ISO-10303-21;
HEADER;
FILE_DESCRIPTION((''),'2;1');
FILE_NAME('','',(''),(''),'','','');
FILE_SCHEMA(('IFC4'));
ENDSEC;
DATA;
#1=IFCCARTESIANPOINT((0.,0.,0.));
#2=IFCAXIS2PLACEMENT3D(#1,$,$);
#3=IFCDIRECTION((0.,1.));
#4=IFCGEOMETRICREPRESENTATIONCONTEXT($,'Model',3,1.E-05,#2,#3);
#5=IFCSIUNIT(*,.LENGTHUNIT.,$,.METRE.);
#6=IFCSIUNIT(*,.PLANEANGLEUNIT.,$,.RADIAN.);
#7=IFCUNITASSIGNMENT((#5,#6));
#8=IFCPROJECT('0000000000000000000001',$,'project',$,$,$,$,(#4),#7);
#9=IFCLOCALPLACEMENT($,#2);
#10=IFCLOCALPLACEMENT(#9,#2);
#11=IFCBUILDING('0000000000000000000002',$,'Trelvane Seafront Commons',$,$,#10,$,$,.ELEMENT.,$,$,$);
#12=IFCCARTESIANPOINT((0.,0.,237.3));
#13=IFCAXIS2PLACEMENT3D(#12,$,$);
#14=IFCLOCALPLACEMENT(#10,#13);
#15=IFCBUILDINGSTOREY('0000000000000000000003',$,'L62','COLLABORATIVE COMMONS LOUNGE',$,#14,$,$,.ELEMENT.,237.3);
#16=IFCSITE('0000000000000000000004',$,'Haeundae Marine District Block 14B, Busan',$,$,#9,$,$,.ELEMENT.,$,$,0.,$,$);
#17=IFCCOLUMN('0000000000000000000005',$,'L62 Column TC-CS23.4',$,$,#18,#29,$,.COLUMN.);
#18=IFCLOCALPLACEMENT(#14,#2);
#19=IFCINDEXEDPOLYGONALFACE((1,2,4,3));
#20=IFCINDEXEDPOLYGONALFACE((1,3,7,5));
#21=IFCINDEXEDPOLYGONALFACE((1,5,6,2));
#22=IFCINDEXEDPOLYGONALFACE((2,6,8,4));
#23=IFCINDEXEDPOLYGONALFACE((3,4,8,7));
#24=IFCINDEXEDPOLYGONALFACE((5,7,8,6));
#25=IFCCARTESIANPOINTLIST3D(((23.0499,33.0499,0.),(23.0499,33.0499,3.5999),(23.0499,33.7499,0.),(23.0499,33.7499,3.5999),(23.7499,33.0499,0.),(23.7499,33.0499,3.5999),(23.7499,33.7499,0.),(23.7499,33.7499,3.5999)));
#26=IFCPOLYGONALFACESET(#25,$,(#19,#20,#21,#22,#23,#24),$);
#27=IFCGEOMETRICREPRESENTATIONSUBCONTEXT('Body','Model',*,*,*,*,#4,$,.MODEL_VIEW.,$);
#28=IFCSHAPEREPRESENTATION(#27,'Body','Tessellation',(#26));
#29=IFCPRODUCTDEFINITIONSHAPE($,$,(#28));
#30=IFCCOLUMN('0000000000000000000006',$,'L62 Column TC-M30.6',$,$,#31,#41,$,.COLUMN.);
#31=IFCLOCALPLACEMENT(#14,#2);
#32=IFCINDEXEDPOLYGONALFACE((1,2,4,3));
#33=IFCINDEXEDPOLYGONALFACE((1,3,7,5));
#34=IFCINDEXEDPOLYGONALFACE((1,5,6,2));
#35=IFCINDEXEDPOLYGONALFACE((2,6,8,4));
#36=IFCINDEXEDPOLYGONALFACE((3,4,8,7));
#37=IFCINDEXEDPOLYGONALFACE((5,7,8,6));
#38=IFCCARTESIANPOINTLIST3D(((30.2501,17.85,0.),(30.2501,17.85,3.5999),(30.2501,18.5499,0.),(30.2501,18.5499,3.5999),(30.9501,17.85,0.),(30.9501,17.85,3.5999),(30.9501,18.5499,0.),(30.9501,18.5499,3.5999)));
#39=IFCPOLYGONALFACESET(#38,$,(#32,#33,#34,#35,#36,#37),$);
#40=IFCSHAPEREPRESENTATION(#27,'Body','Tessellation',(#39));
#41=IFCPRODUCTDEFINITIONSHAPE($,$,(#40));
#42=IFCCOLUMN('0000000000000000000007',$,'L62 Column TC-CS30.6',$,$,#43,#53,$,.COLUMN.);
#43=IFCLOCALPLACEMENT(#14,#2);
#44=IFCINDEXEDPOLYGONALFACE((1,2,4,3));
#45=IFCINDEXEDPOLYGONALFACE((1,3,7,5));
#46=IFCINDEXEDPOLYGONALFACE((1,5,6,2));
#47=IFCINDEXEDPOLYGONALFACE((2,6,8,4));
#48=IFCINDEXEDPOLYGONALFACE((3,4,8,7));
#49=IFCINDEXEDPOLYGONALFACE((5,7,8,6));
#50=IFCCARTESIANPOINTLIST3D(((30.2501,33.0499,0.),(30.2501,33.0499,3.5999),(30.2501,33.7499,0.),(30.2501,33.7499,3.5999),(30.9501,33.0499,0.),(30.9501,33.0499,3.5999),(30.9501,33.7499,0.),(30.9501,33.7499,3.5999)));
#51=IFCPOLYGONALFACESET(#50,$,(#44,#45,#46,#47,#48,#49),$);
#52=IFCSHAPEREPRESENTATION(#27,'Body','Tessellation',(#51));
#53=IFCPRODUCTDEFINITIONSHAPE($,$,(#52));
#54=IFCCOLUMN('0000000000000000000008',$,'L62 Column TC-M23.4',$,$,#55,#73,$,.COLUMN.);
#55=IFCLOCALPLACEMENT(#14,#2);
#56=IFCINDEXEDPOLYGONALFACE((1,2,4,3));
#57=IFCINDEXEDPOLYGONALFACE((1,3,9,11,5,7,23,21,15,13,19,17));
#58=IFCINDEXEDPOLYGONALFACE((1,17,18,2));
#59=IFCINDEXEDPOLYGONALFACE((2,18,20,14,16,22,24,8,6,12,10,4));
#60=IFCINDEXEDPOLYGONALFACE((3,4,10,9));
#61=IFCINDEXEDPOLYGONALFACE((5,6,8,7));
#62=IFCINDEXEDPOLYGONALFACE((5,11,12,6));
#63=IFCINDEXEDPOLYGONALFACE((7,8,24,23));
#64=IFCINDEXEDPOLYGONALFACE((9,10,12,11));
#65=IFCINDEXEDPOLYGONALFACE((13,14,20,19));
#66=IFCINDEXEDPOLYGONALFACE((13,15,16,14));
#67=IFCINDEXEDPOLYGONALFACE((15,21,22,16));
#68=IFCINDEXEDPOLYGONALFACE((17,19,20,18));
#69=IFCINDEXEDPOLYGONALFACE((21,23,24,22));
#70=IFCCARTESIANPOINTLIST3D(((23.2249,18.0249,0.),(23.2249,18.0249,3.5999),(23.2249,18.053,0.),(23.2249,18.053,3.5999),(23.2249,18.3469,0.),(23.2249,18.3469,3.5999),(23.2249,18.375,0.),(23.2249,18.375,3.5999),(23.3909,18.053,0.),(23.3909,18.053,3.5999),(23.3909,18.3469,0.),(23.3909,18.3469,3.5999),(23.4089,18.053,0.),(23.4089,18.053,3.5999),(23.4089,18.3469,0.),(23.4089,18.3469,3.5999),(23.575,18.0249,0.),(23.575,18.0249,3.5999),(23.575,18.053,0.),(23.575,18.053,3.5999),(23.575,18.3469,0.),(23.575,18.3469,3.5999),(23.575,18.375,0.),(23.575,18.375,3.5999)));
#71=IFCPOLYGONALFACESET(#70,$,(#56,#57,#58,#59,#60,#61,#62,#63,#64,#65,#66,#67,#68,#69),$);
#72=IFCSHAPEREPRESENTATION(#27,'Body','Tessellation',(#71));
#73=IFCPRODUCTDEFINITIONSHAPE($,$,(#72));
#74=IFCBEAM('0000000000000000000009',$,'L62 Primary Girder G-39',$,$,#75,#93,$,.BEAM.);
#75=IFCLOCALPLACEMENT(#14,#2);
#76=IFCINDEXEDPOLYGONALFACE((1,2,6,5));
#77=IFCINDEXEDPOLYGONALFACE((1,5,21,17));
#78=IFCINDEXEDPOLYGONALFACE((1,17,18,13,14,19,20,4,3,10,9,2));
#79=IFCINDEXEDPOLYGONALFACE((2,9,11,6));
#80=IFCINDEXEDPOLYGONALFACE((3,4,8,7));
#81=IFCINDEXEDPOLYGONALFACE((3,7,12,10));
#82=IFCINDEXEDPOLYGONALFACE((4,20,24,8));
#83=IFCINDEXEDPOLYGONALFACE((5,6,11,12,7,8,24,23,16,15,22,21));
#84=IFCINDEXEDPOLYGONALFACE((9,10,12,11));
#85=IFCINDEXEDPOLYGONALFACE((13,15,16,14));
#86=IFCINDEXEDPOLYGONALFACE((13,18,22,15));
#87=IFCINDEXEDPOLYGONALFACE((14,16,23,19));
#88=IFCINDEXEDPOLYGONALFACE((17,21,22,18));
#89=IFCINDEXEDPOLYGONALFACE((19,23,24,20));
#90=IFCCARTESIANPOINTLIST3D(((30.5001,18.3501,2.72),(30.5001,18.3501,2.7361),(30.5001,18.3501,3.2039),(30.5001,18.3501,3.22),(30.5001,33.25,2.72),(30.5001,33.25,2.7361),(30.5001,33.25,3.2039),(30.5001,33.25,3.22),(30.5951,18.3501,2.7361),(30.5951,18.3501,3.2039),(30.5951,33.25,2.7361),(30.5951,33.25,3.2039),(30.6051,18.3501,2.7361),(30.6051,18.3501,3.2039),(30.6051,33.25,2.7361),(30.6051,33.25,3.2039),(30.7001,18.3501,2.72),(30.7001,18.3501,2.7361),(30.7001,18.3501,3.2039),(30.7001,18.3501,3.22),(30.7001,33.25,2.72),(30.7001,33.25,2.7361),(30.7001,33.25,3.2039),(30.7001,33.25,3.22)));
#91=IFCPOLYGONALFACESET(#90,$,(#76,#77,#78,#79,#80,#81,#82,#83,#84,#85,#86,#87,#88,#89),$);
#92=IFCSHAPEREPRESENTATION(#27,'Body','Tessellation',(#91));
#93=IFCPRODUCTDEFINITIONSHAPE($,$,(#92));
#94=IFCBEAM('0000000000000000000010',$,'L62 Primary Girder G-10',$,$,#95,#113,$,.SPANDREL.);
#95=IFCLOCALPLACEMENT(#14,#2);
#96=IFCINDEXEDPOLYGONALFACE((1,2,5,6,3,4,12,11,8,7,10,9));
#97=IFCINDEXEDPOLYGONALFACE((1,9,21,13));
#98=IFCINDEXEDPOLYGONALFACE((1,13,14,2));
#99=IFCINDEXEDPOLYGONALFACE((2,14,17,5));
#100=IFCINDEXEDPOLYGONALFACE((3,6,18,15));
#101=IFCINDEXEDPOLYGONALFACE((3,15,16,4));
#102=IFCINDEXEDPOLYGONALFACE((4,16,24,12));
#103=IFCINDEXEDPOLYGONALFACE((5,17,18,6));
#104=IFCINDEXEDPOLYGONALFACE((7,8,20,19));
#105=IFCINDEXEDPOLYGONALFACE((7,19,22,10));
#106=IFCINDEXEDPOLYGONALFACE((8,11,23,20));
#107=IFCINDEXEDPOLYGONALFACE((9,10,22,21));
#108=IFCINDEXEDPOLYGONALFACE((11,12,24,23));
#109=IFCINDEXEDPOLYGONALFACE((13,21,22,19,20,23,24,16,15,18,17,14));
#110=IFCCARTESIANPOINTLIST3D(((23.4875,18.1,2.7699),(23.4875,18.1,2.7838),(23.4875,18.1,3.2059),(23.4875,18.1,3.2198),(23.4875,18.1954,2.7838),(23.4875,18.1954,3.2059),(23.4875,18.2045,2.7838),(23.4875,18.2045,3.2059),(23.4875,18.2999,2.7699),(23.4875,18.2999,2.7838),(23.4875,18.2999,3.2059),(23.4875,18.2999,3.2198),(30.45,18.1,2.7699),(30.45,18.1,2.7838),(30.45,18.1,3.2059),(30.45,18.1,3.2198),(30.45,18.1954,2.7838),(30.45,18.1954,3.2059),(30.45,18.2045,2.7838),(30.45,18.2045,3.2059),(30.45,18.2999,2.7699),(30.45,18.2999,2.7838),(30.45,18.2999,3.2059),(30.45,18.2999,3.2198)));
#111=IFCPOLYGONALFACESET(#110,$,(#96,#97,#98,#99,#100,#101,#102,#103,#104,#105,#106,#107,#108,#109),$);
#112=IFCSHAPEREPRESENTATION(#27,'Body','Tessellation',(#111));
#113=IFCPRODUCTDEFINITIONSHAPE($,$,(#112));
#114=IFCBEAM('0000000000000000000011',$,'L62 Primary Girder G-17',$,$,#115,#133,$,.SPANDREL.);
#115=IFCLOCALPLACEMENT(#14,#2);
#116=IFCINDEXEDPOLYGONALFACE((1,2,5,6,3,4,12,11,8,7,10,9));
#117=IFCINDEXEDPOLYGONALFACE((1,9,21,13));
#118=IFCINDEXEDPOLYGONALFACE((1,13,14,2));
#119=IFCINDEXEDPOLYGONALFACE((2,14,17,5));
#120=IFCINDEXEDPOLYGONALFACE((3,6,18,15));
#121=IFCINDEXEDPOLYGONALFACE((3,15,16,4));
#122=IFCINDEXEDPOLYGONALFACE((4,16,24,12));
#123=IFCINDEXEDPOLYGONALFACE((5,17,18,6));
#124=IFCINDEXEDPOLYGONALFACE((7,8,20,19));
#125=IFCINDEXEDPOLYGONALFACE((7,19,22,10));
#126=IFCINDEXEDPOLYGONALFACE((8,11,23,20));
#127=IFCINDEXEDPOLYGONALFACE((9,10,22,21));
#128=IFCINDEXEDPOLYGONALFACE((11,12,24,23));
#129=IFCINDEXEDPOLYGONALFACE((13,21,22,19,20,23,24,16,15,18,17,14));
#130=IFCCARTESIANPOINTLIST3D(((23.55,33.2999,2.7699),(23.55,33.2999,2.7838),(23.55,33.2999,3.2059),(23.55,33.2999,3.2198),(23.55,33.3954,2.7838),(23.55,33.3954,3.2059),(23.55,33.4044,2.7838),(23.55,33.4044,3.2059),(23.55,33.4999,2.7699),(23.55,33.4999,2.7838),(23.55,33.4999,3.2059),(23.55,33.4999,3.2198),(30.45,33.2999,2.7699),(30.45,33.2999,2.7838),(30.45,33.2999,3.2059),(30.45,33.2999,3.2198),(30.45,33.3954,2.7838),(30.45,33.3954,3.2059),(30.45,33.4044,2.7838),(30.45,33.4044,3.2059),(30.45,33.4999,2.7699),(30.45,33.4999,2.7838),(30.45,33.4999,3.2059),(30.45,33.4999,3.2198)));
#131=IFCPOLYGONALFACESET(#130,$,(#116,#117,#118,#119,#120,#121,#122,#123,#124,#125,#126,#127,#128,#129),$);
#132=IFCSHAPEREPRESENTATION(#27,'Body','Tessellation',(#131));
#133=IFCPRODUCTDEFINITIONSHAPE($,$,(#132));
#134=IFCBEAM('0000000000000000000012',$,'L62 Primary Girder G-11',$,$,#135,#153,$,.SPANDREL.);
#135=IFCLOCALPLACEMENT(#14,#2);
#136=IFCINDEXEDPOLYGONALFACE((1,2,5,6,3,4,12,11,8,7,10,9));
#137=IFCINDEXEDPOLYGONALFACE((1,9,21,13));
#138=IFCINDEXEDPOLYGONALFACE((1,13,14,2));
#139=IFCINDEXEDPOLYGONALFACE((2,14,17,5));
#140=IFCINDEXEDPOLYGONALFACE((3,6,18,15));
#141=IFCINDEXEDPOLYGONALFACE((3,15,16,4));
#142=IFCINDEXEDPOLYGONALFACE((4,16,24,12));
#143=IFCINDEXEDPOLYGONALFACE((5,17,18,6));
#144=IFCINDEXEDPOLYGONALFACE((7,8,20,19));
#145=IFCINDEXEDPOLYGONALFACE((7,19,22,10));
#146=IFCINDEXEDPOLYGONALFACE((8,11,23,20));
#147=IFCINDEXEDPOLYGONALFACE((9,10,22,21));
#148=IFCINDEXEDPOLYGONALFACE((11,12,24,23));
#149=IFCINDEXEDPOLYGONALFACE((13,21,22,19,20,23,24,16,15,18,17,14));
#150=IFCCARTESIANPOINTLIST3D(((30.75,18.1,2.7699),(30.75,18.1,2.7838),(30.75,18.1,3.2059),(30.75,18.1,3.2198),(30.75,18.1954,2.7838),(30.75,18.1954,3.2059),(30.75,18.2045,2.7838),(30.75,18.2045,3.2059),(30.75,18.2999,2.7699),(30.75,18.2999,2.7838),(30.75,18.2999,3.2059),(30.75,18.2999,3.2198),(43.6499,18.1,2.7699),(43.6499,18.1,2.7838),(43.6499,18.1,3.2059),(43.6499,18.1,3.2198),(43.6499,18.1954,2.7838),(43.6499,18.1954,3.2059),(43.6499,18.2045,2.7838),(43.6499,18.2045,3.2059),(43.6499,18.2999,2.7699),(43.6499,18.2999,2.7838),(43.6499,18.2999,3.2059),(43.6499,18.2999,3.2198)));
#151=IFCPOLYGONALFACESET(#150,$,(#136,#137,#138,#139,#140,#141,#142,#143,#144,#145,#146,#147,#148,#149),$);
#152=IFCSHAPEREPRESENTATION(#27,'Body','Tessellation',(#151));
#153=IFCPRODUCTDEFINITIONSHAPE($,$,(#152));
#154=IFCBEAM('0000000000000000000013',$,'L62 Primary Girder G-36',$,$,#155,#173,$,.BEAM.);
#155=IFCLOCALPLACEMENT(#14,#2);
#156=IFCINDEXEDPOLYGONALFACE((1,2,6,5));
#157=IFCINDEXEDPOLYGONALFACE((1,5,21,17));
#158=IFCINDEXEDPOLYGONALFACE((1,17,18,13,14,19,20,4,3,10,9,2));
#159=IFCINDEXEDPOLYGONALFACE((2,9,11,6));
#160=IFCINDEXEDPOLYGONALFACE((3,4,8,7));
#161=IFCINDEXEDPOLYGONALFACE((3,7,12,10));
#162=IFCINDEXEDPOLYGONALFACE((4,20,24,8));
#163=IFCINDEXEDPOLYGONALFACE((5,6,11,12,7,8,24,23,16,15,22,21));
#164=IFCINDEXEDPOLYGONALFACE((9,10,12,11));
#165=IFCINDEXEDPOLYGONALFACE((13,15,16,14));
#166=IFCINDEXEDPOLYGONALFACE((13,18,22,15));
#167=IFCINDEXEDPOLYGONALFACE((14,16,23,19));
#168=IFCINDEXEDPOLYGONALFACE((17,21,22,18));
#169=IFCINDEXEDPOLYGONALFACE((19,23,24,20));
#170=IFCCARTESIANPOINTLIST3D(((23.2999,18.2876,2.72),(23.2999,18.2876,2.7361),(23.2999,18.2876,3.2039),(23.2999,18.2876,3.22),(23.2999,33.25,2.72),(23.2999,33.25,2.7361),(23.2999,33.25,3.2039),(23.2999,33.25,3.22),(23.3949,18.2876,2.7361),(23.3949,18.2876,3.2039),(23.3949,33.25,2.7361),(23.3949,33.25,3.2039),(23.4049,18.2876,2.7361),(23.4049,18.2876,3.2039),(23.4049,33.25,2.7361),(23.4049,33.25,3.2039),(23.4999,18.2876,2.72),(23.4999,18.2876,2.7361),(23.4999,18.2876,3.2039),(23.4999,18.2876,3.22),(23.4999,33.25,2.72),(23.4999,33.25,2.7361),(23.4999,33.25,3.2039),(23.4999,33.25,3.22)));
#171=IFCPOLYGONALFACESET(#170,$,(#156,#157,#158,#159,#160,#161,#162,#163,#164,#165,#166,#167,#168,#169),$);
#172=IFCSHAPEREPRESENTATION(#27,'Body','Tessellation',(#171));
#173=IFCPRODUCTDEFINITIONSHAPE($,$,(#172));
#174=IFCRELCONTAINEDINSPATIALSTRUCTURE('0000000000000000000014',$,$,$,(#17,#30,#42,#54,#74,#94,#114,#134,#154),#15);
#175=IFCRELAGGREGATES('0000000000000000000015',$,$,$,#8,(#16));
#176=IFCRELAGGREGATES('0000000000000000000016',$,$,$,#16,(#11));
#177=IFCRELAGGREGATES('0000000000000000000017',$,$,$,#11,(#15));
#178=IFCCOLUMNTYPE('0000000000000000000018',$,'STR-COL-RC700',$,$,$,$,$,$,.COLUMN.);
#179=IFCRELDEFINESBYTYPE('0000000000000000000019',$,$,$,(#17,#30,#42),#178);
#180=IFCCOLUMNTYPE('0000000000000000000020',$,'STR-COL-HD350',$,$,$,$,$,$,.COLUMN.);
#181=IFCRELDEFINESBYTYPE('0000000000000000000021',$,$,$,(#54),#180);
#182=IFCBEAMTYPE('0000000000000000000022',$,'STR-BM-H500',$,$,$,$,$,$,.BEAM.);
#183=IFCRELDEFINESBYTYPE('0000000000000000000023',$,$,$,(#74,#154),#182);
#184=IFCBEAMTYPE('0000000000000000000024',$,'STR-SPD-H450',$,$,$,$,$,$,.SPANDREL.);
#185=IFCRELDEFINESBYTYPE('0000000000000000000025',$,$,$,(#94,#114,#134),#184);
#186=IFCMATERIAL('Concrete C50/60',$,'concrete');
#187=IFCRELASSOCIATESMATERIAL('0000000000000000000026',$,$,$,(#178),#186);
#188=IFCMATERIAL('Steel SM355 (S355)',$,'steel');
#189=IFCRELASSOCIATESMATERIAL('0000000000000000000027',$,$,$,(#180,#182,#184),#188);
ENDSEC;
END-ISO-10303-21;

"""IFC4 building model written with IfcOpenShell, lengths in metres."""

from ifc_helpers import new_model, si_unit, direction, frame, origin, origin_2d, place, context, subcontext, project, spatial, rectangle, i_section, extrude, source, transform, mapped, material, material_profile, profile_set, type_object, element, save


model = new_model("IFC4")

# Units and contexts
model_context = context("Model", 3, precision=1e-05, world=origin(), true_north=direction((0.0, 1.0)))
body_context = subcontext(model_context, "Body", "Model", "MODEL_VIEW")
ifc_project = project(units=[si_unit("LENGTHUNIT", "METRE"), si_unit("PLANEANGLEUNIT", "RADIAN")], contexts=[model_context])

# Site, building, storey
site_placement = place(None, origin())
site = spatial("IfcSite", under=ifc_project, at=site_placement, Name="Haeundae Marine District Block 14B, Busan", CompositionType="ELEMENT", RefElevation=0.0)
building_placement = place(site_placement, origin())
building = spatial("IfcBuilding", under=site, at=building_placement, Name="Trelvane Seafront Commons", CompositionType="ELEMENT")
storey_placement = place(building_placement, frame((0.0, 0.0, 237.3)))
storey = spatial("IfcBuildingStorey", under=building, at=storey_placement, Name="L62", Description="COLLABORATIVE COMMONS LOUNGE", CompositionType="ELEMENT", Elevation=237.3)

# Columns
ifc_material_1 = material(Name="Concrete C50/60", Category="concrete")
ifc_material_profile_1 = material_profile(ifc_material_1, rectangle(XDim=0.7, YDim=0.7, at=origin_2d()), Name="RC-700x700")
ifc_profile_set_1 = profile_set([ifc_material_profile_1], Name="Concrete C50/60")
column_type_1 = type_object("IfcColumnType", Name="STR-COL-RC700", PredefinedType="COLUMN", material=ifc_profile_set_1)
shared_shape_1 = source(origin(), body_context, "Body", "SweptSolid", [
    extrude(rectangle(XDim=0.7, YDim=0.7, at=origin_2d()), origin(), (0.0, 0.0, 1.0), 3.5999),
])
for number, where, z_axis, x_axis, name in (
    (1, (23.3999, 33.3999, 0.0), (0.0, 0.0, 1.0), (1.0, 0.0, 0.0), "L62 Column TC-CS23.4"),
    (2, (30.6001, 18.2, 0.0), (0.0, 0.0, 1.0), (1.0, 0.0, 0.0), "L62 Column TC-M30.6"),
    (3, (30.6001, 33.3999, 0.0), (0.0, 0.0, 1.0), (1.0, 0.0, 0.0), "L62 Column TC-CS30.6"),
):
    element("IfcColumn", number, at=place(storey_placement, frame(where, z_axis=z_axis, x_axis=x_axis)), inside=storey, type_object=column_type_1, Name=name, PredefinedType="COLUMN", context=body_context, shape_type="MappedRepresentation", body=[
        mapped(shared_shape_1, transform((0.0, 0.0, 0.0), x_axis=(1.0, 0.0, 0.0), y_axis=(0.0, 1.0, 0.0), z_axis=(0.0, 0.0, 1.0), scale=1.0)),
    ])
ifc_material_2 = material(Name="Steel SM355 (S355)", Category="steel")
ifc_material_profile_2 = material_profile(ifc_material_2, i_section(OverallWidth=0.3501, OverallDepth=0.3501, WebThickness=0.0181, FlangeThickness=0.0281, at=origin_2d()), Name="HD-350x350x18x28")
ifc_profile_set_2 = profile_set([ifc_material_profile_2], Name="Steel SM355 (S355)")
column_type_2 = type_object("IfcColumnType", Name="STR-COL-HD350", PredefinedType="COLUMN", material=ifc_profile_set_2)
shared_shape_2 = source(origin(), body_context, "Body", "SweptSolid", [
    extrude(i_section(OverallWidth=0.3501, OverallDepth=0.3501, WebThickness=0.0181, FlangeThickness=0.0281, at=origin_2d()), origin(), (0.0, 0.0, 1.0), 3.5999),
])
column_placement = place(storey_placement, frame((23.3999, 18.2, 0.0), z_axis=(0.0, 0.0, 1.0), x_axis=(1.0, 0.0, 0.0)))
element("IfcColumn", 4, at=column_placement, inside=storey, type_object=column_type_2, Name="L62 Column TC-M23.4", PredefinedType="COLUMN", context=body_context, shape_type="MappedRepresentation", body=[
    mapped(shared_shape_2, transform((0.0, 0.0, 0.0), x_axis=(1.0, 0.0, 0.0), y_axis=(0.0, 1.0, 0.0), z_axis=(0.0, 0.0, 1.0), scale=1.0)),
])

# Beams
ifc_material_profile_3 = material_profile(ifc_material_2, i_section(OverallWidth=0.2, OverallDepth=0.5, WebThickness=0.01, FlangeThickness=0.0161, at=origin_2d()), Name="H-500x200x10x16")
ifc_profile_set_3 = profile_set([ifc_material_profile_3], Name="Steel SM355 (S355)")
beam_type_1 = type_object("IfcBeamType", Name="STR-BM-H500", PredefinedType="BEAM", material=ifc_profile_set_3)
shared_shape_3 = source(origin(), body_context, "Body", "SweptSolid", [
    extrude(i_section(OverallWidth=0.2, OverallDepth=0.5, WebThickness=0.01, FlangeThickness=0.0161, at=origin_2d()), origin(), (0.0, 0.0, 1.0), 14.8999),
])
beam_1_placement = place(storey_placement, frame((30.6001, 18.3501, 2.97), z_axis=(0.0, 1.0, 0.0), x_axis=(-1.0, 0.0, 0.0)))
element("IfcBeam", 5, at=beam_1_placement, inside=storey, type_object=beam_type_1, Name="L62 Primary Girder G-39", PredefinedType="BEAM", context=body_context, shape_type="MappedRepresentation", body=[
    mapped(shared_shape_3, transform((0.0, 0.0, 0.0), x_axis=(1.0, 0.0, 0.0), y_axis=(0.0, 1.0, 0.0), z_axis=(0.0, 0.0, 1.0), scale=1.0)),
])
ifc_material_profile_4 = material_profile(ifc_material_2, i_section(OverallWidth=0.2, OverallDepth=0.45, WebThickness=0.009, FlangeThickness=0.0139, at=origin_2d()), Name="H-450x200x9x14")
ifc_profile_set_4 = profile_set([ifc_material_profile_4], Name="Steel SM355 (S355)")
beam_type_2 = type_object("IfcBeamType", Name="STR-SPD-H450", PredefinedType="SPANDREL", material=ifc_profile_set_4)
shared_shape_4 = source(origin(), body_context, "Body", "SweptSolid", [
    extrude(i_section(OverallWidth=0.2, OverallDepth=0.45, WebThickness=0.009, FlangeThickness=0.0139, at=origin_2d()), origin(), (0.0, 0.0, 1.0), 6.9624),
])
beam_2_placement = place(storey_placement, frame((23.4875, 18.2, 2.9949), z_axis=(1.0, 0.0, 0.0), x_axis=(0.0, 1.0, 0.0)))
element("IfcBeam", 6, at=beam_2_placement, inside=storey, type_object=beam_type_2, Name="L62 Primary Girder G-10", PredefinedType="SPANDREL", context=body_context, shape_type="MappedRepresentation", body=[
    mapped(shared_shape_4, transform((0.0, 0.0, 0.0), x_axis=(1.0, 0.0, 0.0), y_axis=(0.0, 1.0, 0.0), z_axis=(0.0, 0.0, 1.0), scale=1.0)),
])
shared_shape_5 = source(origin(), body_context, "Body", "SweptSolid", [
    extrude(i_section(OverallWidth=0.2, OverallDepth=0.45, WebThickness=0.009, FlangeThickness=0.0139, at=origin_2d()), origin(), (0.0, 0.0, 1.0), 6.8999),
])
beam_3_placement = place(storey_placement, frame((23.55, 33.3999, 2.9949), z_axis=(1.0, 0.0, 0.0), x_axis=(0.0, 1.0, 0.0)))
element("IfcBeam", 7, at=beam_3_placement, inside=storey, type_object=beam_type_2, Name="L62 Primary Girder G-17", PredefinedType="SPANDREL", context=body_context, shape_type="MappedRepresentation", body=[
    mapped(shared_shape_5, transform((0.0, 0.0, 0.0), x_axis=(1.0, 0.0, 0.0), y_axis=(0.0, 1.0, 0.0), z_axis=(0.0, 0.0, 1.0), scale=1.0)),
])
shared_shape_6 = source(origin(), body_context, "Body", "SweptSolid", [
    extrude(i_section(OverallWidth=0.2, OverallDepth=0.45, WebThickness=0.009, FlangeThickness=0.0139, at=origin_2d()), origin(), (0.0, 0.0, 1.0), 12.8999),
])
beam_4_placement = place(storey_placement, frame((30.75, 18.2, 2.9949), z_axis=(1.0, 0.0, 0.0), x_axis=(0.0, 1.0, 0.0)))
element("IfcBeam", 8, at=beam_4_placement, inside=storey, type_object=beam_type_2, Name="L62 Primary Girder G-11", PredefinedType="SPANDREL", context=body_context, shape_type="MappedRepresentation", body=[
    mapped(shared_shape_6, transform((0.0, 0.0, 0.0), x_axis=(1.0, 0.0, 0.0), y_axis=(0.0, 1.0, 0.0), z_axis=(0.0, 0.0, 1.0), scale=1.0)),
])
shared_shape_7 = source(origin(), body_context, "Body", "SweptSolid", [
    extrude(i_section(OverallWidth=0.2, OverallDepth=0.5, WebThickness=0.01, FlangeThickness=0.0161, at=origin_2d()), origin(), (0.0, 0.0, 1.0), 14.9624),
])
beam_5_placement = place(storey_placement, frame((23.3999, 18.2876, 2.97), z_axis=(0.0, 1.0, 0.0), x_axis=(-1.0, 0.0, 0.0)))
element("IfcBeam", 9, at=beam_5_placement, inside=storey, type_object=beam_type_1, Name="L62 Primary Girder G-36", PredefinedType="BEAM", context=body_context, shape_type="MappedRepresentation", body=[
    mapped(shared_shape_7, transform((0.0, 0.0, 0.0), x_axis=(1.0, 0.0, 0.0), y_axis=(0.0, 1.0, 0.0), z_axis=(0.0, 0.0, 1.0), scale=1.0)),
])

save(model, "model.ifc")
